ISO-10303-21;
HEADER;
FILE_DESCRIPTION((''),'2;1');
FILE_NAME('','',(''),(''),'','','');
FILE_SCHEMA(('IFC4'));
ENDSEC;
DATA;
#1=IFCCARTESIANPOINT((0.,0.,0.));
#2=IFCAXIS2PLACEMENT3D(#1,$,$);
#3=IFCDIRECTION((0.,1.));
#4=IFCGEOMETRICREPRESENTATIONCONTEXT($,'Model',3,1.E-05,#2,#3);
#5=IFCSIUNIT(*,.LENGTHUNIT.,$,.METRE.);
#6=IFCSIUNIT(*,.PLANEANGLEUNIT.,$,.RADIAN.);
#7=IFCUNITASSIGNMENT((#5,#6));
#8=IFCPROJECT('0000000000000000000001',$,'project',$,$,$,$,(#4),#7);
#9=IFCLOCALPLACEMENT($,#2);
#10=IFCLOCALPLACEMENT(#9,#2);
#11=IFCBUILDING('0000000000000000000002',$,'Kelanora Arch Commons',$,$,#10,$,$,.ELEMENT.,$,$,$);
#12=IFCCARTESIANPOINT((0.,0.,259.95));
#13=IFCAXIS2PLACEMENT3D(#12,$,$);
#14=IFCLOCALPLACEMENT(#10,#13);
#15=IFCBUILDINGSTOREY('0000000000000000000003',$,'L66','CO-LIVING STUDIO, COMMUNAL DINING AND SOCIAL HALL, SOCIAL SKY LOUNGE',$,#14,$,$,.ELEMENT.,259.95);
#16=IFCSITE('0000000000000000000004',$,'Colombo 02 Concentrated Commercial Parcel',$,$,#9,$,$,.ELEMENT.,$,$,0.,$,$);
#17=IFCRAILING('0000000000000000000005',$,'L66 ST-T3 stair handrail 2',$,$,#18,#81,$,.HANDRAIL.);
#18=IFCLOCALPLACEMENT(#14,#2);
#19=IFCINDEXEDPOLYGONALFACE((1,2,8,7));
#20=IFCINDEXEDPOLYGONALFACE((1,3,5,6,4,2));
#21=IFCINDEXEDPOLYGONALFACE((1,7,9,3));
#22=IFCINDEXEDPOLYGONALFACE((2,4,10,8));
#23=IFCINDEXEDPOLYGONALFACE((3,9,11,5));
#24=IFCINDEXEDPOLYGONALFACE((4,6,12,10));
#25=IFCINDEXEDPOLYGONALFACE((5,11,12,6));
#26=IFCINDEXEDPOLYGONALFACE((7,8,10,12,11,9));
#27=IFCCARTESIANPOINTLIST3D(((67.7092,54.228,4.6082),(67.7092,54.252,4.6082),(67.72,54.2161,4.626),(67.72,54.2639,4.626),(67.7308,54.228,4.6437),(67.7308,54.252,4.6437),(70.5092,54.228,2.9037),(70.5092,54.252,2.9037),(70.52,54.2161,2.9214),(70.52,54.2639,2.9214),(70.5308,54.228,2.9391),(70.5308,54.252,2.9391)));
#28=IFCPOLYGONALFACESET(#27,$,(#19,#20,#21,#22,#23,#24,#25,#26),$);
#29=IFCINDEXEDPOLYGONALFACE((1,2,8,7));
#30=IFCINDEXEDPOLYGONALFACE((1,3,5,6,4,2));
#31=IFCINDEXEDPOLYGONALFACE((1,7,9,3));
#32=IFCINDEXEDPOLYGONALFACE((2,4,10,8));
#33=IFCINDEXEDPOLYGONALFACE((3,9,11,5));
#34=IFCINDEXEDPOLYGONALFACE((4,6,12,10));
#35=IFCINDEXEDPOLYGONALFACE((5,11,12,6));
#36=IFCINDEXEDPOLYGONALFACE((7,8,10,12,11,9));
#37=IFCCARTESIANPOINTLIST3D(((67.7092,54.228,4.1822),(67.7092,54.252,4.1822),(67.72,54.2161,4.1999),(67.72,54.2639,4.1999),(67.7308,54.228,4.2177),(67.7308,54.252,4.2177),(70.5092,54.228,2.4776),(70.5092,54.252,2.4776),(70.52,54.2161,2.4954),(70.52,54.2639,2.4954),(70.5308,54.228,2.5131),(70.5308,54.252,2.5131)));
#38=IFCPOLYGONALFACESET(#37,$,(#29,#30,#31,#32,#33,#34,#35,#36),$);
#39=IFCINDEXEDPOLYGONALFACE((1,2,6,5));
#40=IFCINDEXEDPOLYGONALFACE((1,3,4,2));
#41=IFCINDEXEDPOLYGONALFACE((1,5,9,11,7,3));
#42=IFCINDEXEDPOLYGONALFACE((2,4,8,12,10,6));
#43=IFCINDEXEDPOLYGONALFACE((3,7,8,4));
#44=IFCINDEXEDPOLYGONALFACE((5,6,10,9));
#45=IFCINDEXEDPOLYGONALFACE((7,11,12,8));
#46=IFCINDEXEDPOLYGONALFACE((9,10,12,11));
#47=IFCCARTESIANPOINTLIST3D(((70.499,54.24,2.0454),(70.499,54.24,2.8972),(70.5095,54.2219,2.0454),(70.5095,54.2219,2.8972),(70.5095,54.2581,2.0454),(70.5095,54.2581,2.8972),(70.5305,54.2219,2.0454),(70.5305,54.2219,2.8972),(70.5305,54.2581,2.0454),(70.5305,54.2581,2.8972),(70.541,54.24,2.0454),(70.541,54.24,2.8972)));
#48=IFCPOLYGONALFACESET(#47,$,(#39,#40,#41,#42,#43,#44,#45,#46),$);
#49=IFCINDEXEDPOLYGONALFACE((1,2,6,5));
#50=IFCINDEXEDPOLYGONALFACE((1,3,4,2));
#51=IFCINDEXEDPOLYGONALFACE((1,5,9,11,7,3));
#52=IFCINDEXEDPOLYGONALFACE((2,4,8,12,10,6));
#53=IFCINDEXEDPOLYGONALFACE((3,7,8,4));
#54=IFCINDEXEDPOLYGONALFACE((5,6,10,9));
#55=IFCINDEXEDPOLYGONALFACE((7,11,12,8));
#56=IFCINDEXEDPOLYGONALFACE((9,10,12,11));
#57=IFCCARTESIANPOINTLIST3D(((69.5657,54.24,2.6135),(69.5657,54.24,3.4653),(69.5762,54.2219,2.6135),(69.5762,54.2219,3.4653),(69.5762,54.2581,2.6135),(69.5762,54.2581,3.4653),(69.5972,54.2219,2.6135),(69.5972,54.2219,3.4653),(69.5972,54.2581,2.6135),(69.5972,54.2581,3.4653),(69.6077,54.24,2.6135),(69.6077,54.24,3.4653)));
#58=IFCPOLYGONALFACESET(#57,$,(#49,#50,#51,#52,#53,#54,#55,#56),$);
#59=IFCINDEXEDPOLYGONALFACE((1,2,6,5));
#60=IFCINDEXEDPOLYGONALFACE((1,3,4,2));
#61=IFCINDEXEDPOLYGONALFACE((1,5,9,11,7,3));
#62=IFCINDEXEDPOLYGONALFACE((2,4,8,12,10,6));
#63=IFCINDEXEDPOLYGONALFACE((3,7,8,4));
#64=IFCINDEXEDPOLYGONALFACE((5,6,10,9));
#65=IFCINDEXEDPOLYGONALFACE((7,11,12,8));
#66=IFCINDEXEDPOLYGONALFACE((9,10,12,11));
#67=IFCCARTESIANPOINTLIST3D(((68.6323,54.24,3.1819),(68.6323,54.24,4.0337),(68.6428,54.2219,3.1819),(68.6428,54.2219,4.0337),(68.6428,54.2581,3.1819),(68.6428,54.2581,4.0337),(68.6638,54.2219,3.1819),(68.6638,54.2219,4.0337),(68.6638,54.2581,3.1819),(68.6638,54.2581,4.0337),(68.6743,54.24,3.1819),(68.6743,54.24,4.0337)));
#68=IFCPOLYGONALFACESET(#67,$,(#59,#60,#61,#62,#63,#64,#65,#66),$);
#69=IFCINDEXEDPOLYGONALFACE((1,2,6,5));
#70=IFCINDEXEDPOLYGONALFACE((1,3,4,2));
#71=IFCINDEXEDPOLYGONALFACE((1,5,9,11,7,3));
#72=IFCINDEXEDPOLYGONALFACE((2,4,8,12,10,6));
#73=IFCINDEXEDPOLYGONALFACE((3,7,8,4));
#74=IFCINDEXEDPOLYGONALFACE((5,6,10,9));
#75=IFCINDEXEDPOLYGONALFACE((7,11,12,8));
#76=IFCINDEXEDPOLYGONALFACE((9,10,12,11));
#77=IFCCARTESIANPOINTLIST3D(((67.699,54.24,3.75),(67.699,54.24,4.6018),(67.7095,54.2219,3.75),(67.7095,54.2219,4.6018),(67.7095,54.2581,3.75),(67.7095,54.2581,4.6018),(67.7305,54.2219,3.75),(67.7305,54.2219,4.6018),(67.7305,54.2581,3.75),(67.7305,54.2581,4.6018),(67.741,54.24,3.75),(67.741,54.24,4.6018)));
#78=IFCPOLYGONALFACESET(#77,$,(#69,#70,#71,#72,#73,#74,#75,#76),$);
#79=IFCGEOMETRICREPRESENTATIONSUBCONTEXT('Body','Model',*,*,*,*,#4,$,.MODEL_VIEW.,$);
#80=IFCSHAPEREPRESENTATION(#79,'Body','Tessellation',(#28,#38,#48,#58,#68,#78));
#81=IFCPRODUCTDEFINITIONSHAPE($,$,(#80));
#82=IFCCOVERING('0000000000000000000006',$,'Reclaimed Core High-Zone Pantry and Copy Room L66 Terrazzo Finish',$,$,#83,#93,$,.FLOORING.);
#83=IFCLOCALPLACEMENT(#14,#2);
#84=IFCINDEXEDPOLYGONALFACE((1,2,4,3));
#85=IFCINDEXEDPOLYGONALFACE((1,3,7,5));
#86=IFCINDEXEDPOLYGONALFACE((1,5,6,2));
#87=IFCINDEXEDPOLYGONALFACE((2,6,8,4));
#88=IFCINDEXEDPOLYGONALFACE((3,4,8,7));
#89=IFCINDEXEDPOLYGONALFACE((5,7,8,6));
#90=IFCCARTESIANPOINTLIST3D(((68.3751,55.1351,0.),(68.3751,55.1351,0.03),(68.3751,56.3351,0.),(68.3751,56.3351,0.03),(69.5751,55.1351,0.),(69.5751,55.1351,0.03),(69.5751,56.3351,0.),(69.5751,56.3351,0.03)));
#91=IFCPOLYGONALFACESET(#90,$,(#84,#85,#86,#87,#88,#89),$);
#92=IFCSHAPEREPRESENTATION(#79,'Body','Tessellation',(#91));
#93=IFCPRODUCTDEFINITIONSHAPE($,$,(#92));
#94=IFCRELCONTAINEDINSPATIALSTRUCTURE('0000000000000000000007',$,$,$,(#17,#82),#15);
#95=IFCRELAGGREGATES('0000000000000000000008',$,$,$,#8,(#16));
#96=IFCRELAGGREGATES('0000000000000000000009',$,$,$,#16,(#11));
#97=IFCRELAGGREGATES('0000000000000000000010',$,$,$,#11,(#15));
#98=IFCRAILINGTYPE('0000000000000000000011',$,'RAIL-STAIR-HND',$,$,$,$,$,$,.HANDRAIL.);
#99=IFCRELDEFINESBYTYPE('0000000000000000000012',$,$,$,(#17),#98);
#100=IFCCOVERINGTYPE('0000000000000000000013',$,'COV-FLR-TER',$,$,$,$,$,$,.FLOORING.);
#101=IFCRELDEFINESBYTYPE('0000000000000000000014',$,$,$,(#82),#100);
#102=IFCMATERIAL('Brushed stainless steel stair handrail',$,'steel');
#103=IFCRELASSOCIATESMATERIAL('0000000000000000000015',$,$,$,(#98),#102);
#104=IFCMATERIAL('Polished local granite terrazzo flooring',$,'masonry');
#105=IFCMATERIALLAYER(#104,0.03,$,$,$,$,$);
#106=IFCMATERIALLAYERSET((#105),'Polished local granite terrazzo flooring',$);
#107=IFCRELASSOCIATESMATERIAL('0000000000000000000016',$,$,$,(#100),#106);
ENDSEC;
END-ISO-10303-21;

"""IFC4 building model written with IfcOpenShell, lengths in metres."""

from ifc_helpers import new_model, si_unit, direction, frame, origin, origin_2d, place, context, subcontext, project, spatial, polyline, rectangle, outline, extrude, source, transform, mapped, material, layer, layer_set, type_object, element, save


model = new_model("IFC4")

# Units and contexts
model_context = context("Model", 3, precision=1e-05, world=origin(), true_north=direction((0.0, 1.0)))
body_context = subcontext(model_context, "Body", "Model", "MODEL_VIEW")
ifc_project = project(units=[si_unit("LENGTHUNIT", "METRE"), si_unit("PLANEANGLEUNIT", "RADIAN")], contexts=[model_context])

# Site, building, storey
site_placement = place(None, origin())
site = spatial("IfcSite", under=ifc_project, at=site_placement, Name="Colombo 02 Concentrated Commercial Parcel", CompositionType="ELEMENT", RefElevation=0.0)
building_placement = place(site_placement, origin())
building = spatial("IfcBuilding", under=site, at=building_placement, Name="Kelanora Arch Commons", CompositionType="ELEMENT")
storey_placement = place(building_placement, frame((0.0, 0.0, 259.95)))
storey = spatial("IfcBuildingStorey", under=building, at=storey_placement, Name="L66", Description="CO-LIVING STUDIO, COMMUNAL DINING AND SOCIAL HALL, SOCIAL SKY LOUNGE", CompositionType="ELEMENT", Elevation=259.95)

# Railing
ifc_material_1 = material(Name="Brushed stainless steel stair handrail", Category="steel")
railing_type_1 = type_object("IfcRailingType", Name="RAIL-STAIR-HND", PredefinedType="HANDRAIL", material=ifc_material_1)
railing_1_placement = place(storey_placement, frame((70.52, 54.24, 2.0454)))
element("IfcRailing", 1, at=railing_1_placement, inside=storey, type_object=railing_type_1, Name="L66 ST-T3 stair handrail 2", PredefinedType="HANDRAIL", context=body_context, shape_type="SweptSolid", body=[
    extrude(outline(polyline([(0.0239, 0.0), (0.012, 0.0208), (-0.012, 0.0208), (-0.0239, 0.0), (-0.012, -0.0208), (0.012, -0.0208), (0.0239, 0.0)])), frame((0.0, 0.0, 0.876), z_axis=(-0.85417, 0.0, 0.519994), x_axis=(0.0, -1.0, 0.0)), (0.0, 0.0, 1.0), 3.2781),
    extrude(outline(polyline([(0.0239, 0.0), (0.012, 0.0208), (-0.012, 0.0208), (-0.0239, 0.0), (-0.012, -0.0208), (0.012, -0.0208), (0.0239, 0.0)])), frame((0.0, 0.0, 0.45), z_axis=(-0.85417, 0.0, 0.519994), x_axis=(0.0, -1.0, 0.0)), (0.0, 0.0, 1.0), 3.2781),
    extrude(outline(polyline([(0.021, 0.0), (0.0105, 0.0181), (-0.0105, 0.0181), (-0.021, 0.0), (-0.0105, -0.0181), (0.0105, -0.0181), (0.021, 0.0)])), origin(), (0.0, 0.0, 1.0), 0.8518),
    extrude(outline(polyline([(0.021, 0.0), (0.0105, 0.0181), (-0.0105, 0.0181), (-0.021, 0.0), (-0.0105, -0.0181), (0.0105, -0.0181), (0.021, 0.0)])), frame((-0.9333, 0.0, 0.5681)), (0.0, 0.0, 1.0), 0.8518),
    extrude(outline(polyline([(0.021, 0.0), (0.0105, 0.0181), (-0.0105, 0.0181), (-0.021, 0.0), (-0.0105, -0.0181), (0.0105, -0.0181), (0.021, 0.0)])), frame((-1.8667, 0.0, 1.1365)), (0.0, 0.0, 1.0), 0.8518),
    extrude(outline(polyline([(0.021, 0.0), (0.0105, 0.0181), (-0.0105, 0.0181), (-0.021, 0.0), (-0.0105, -0.0181), (0.0105, -0.0181), (0.021, 0.0)])), frame((-2.8, 0.0, 1.7046)), (0.0, 0.0, 1.0), 0.8518),
])

# Covering
ifc_material_2 = material(Name="Polished local granite terrazzo flooring", Category="masonry")
ifc_layer_1 = layer(ifc_material_2, 0.03)
ifc_layer_set_1 = layer_set([ifc_layer_1], Name="Polished local granite terrazzo flooring")
covering_type = type_object("IfcCoveringType", Name="COV-FLR-TER", PredefinedType="FLOORING", material=ifc_layer_set_1)
shared_shape = source(origin(), body_context, "Body", "SweptSolid", [
    extrude(rectangle(XDim=1.2, YDim=1.2, at=origin_2d()), origin(), (0.0, 0.0, 1.0), 0.03),
])
covering_placement = place(storey_placement, frame((68.9751, 55.7351, 0.0), z_axis=(0.0, 0.0, 1.0), x_axis=(1.0, 0.0, 0.0)))
element("IfcCovering", 2, at=covering_placement, inside=storey, type_object=covering_type, Name="Reclaimed Core High-Zone Pantry and Copy Room L66 Terrazzo Finish", PredefinedType="FLOORING", context=body_context, shape_type="MappedRepresentation", body=[
    mapped(shared_shape, transform((0.0, 0.0, 0.0), scale=1.0)),
])

save(model, "model.ifc")
